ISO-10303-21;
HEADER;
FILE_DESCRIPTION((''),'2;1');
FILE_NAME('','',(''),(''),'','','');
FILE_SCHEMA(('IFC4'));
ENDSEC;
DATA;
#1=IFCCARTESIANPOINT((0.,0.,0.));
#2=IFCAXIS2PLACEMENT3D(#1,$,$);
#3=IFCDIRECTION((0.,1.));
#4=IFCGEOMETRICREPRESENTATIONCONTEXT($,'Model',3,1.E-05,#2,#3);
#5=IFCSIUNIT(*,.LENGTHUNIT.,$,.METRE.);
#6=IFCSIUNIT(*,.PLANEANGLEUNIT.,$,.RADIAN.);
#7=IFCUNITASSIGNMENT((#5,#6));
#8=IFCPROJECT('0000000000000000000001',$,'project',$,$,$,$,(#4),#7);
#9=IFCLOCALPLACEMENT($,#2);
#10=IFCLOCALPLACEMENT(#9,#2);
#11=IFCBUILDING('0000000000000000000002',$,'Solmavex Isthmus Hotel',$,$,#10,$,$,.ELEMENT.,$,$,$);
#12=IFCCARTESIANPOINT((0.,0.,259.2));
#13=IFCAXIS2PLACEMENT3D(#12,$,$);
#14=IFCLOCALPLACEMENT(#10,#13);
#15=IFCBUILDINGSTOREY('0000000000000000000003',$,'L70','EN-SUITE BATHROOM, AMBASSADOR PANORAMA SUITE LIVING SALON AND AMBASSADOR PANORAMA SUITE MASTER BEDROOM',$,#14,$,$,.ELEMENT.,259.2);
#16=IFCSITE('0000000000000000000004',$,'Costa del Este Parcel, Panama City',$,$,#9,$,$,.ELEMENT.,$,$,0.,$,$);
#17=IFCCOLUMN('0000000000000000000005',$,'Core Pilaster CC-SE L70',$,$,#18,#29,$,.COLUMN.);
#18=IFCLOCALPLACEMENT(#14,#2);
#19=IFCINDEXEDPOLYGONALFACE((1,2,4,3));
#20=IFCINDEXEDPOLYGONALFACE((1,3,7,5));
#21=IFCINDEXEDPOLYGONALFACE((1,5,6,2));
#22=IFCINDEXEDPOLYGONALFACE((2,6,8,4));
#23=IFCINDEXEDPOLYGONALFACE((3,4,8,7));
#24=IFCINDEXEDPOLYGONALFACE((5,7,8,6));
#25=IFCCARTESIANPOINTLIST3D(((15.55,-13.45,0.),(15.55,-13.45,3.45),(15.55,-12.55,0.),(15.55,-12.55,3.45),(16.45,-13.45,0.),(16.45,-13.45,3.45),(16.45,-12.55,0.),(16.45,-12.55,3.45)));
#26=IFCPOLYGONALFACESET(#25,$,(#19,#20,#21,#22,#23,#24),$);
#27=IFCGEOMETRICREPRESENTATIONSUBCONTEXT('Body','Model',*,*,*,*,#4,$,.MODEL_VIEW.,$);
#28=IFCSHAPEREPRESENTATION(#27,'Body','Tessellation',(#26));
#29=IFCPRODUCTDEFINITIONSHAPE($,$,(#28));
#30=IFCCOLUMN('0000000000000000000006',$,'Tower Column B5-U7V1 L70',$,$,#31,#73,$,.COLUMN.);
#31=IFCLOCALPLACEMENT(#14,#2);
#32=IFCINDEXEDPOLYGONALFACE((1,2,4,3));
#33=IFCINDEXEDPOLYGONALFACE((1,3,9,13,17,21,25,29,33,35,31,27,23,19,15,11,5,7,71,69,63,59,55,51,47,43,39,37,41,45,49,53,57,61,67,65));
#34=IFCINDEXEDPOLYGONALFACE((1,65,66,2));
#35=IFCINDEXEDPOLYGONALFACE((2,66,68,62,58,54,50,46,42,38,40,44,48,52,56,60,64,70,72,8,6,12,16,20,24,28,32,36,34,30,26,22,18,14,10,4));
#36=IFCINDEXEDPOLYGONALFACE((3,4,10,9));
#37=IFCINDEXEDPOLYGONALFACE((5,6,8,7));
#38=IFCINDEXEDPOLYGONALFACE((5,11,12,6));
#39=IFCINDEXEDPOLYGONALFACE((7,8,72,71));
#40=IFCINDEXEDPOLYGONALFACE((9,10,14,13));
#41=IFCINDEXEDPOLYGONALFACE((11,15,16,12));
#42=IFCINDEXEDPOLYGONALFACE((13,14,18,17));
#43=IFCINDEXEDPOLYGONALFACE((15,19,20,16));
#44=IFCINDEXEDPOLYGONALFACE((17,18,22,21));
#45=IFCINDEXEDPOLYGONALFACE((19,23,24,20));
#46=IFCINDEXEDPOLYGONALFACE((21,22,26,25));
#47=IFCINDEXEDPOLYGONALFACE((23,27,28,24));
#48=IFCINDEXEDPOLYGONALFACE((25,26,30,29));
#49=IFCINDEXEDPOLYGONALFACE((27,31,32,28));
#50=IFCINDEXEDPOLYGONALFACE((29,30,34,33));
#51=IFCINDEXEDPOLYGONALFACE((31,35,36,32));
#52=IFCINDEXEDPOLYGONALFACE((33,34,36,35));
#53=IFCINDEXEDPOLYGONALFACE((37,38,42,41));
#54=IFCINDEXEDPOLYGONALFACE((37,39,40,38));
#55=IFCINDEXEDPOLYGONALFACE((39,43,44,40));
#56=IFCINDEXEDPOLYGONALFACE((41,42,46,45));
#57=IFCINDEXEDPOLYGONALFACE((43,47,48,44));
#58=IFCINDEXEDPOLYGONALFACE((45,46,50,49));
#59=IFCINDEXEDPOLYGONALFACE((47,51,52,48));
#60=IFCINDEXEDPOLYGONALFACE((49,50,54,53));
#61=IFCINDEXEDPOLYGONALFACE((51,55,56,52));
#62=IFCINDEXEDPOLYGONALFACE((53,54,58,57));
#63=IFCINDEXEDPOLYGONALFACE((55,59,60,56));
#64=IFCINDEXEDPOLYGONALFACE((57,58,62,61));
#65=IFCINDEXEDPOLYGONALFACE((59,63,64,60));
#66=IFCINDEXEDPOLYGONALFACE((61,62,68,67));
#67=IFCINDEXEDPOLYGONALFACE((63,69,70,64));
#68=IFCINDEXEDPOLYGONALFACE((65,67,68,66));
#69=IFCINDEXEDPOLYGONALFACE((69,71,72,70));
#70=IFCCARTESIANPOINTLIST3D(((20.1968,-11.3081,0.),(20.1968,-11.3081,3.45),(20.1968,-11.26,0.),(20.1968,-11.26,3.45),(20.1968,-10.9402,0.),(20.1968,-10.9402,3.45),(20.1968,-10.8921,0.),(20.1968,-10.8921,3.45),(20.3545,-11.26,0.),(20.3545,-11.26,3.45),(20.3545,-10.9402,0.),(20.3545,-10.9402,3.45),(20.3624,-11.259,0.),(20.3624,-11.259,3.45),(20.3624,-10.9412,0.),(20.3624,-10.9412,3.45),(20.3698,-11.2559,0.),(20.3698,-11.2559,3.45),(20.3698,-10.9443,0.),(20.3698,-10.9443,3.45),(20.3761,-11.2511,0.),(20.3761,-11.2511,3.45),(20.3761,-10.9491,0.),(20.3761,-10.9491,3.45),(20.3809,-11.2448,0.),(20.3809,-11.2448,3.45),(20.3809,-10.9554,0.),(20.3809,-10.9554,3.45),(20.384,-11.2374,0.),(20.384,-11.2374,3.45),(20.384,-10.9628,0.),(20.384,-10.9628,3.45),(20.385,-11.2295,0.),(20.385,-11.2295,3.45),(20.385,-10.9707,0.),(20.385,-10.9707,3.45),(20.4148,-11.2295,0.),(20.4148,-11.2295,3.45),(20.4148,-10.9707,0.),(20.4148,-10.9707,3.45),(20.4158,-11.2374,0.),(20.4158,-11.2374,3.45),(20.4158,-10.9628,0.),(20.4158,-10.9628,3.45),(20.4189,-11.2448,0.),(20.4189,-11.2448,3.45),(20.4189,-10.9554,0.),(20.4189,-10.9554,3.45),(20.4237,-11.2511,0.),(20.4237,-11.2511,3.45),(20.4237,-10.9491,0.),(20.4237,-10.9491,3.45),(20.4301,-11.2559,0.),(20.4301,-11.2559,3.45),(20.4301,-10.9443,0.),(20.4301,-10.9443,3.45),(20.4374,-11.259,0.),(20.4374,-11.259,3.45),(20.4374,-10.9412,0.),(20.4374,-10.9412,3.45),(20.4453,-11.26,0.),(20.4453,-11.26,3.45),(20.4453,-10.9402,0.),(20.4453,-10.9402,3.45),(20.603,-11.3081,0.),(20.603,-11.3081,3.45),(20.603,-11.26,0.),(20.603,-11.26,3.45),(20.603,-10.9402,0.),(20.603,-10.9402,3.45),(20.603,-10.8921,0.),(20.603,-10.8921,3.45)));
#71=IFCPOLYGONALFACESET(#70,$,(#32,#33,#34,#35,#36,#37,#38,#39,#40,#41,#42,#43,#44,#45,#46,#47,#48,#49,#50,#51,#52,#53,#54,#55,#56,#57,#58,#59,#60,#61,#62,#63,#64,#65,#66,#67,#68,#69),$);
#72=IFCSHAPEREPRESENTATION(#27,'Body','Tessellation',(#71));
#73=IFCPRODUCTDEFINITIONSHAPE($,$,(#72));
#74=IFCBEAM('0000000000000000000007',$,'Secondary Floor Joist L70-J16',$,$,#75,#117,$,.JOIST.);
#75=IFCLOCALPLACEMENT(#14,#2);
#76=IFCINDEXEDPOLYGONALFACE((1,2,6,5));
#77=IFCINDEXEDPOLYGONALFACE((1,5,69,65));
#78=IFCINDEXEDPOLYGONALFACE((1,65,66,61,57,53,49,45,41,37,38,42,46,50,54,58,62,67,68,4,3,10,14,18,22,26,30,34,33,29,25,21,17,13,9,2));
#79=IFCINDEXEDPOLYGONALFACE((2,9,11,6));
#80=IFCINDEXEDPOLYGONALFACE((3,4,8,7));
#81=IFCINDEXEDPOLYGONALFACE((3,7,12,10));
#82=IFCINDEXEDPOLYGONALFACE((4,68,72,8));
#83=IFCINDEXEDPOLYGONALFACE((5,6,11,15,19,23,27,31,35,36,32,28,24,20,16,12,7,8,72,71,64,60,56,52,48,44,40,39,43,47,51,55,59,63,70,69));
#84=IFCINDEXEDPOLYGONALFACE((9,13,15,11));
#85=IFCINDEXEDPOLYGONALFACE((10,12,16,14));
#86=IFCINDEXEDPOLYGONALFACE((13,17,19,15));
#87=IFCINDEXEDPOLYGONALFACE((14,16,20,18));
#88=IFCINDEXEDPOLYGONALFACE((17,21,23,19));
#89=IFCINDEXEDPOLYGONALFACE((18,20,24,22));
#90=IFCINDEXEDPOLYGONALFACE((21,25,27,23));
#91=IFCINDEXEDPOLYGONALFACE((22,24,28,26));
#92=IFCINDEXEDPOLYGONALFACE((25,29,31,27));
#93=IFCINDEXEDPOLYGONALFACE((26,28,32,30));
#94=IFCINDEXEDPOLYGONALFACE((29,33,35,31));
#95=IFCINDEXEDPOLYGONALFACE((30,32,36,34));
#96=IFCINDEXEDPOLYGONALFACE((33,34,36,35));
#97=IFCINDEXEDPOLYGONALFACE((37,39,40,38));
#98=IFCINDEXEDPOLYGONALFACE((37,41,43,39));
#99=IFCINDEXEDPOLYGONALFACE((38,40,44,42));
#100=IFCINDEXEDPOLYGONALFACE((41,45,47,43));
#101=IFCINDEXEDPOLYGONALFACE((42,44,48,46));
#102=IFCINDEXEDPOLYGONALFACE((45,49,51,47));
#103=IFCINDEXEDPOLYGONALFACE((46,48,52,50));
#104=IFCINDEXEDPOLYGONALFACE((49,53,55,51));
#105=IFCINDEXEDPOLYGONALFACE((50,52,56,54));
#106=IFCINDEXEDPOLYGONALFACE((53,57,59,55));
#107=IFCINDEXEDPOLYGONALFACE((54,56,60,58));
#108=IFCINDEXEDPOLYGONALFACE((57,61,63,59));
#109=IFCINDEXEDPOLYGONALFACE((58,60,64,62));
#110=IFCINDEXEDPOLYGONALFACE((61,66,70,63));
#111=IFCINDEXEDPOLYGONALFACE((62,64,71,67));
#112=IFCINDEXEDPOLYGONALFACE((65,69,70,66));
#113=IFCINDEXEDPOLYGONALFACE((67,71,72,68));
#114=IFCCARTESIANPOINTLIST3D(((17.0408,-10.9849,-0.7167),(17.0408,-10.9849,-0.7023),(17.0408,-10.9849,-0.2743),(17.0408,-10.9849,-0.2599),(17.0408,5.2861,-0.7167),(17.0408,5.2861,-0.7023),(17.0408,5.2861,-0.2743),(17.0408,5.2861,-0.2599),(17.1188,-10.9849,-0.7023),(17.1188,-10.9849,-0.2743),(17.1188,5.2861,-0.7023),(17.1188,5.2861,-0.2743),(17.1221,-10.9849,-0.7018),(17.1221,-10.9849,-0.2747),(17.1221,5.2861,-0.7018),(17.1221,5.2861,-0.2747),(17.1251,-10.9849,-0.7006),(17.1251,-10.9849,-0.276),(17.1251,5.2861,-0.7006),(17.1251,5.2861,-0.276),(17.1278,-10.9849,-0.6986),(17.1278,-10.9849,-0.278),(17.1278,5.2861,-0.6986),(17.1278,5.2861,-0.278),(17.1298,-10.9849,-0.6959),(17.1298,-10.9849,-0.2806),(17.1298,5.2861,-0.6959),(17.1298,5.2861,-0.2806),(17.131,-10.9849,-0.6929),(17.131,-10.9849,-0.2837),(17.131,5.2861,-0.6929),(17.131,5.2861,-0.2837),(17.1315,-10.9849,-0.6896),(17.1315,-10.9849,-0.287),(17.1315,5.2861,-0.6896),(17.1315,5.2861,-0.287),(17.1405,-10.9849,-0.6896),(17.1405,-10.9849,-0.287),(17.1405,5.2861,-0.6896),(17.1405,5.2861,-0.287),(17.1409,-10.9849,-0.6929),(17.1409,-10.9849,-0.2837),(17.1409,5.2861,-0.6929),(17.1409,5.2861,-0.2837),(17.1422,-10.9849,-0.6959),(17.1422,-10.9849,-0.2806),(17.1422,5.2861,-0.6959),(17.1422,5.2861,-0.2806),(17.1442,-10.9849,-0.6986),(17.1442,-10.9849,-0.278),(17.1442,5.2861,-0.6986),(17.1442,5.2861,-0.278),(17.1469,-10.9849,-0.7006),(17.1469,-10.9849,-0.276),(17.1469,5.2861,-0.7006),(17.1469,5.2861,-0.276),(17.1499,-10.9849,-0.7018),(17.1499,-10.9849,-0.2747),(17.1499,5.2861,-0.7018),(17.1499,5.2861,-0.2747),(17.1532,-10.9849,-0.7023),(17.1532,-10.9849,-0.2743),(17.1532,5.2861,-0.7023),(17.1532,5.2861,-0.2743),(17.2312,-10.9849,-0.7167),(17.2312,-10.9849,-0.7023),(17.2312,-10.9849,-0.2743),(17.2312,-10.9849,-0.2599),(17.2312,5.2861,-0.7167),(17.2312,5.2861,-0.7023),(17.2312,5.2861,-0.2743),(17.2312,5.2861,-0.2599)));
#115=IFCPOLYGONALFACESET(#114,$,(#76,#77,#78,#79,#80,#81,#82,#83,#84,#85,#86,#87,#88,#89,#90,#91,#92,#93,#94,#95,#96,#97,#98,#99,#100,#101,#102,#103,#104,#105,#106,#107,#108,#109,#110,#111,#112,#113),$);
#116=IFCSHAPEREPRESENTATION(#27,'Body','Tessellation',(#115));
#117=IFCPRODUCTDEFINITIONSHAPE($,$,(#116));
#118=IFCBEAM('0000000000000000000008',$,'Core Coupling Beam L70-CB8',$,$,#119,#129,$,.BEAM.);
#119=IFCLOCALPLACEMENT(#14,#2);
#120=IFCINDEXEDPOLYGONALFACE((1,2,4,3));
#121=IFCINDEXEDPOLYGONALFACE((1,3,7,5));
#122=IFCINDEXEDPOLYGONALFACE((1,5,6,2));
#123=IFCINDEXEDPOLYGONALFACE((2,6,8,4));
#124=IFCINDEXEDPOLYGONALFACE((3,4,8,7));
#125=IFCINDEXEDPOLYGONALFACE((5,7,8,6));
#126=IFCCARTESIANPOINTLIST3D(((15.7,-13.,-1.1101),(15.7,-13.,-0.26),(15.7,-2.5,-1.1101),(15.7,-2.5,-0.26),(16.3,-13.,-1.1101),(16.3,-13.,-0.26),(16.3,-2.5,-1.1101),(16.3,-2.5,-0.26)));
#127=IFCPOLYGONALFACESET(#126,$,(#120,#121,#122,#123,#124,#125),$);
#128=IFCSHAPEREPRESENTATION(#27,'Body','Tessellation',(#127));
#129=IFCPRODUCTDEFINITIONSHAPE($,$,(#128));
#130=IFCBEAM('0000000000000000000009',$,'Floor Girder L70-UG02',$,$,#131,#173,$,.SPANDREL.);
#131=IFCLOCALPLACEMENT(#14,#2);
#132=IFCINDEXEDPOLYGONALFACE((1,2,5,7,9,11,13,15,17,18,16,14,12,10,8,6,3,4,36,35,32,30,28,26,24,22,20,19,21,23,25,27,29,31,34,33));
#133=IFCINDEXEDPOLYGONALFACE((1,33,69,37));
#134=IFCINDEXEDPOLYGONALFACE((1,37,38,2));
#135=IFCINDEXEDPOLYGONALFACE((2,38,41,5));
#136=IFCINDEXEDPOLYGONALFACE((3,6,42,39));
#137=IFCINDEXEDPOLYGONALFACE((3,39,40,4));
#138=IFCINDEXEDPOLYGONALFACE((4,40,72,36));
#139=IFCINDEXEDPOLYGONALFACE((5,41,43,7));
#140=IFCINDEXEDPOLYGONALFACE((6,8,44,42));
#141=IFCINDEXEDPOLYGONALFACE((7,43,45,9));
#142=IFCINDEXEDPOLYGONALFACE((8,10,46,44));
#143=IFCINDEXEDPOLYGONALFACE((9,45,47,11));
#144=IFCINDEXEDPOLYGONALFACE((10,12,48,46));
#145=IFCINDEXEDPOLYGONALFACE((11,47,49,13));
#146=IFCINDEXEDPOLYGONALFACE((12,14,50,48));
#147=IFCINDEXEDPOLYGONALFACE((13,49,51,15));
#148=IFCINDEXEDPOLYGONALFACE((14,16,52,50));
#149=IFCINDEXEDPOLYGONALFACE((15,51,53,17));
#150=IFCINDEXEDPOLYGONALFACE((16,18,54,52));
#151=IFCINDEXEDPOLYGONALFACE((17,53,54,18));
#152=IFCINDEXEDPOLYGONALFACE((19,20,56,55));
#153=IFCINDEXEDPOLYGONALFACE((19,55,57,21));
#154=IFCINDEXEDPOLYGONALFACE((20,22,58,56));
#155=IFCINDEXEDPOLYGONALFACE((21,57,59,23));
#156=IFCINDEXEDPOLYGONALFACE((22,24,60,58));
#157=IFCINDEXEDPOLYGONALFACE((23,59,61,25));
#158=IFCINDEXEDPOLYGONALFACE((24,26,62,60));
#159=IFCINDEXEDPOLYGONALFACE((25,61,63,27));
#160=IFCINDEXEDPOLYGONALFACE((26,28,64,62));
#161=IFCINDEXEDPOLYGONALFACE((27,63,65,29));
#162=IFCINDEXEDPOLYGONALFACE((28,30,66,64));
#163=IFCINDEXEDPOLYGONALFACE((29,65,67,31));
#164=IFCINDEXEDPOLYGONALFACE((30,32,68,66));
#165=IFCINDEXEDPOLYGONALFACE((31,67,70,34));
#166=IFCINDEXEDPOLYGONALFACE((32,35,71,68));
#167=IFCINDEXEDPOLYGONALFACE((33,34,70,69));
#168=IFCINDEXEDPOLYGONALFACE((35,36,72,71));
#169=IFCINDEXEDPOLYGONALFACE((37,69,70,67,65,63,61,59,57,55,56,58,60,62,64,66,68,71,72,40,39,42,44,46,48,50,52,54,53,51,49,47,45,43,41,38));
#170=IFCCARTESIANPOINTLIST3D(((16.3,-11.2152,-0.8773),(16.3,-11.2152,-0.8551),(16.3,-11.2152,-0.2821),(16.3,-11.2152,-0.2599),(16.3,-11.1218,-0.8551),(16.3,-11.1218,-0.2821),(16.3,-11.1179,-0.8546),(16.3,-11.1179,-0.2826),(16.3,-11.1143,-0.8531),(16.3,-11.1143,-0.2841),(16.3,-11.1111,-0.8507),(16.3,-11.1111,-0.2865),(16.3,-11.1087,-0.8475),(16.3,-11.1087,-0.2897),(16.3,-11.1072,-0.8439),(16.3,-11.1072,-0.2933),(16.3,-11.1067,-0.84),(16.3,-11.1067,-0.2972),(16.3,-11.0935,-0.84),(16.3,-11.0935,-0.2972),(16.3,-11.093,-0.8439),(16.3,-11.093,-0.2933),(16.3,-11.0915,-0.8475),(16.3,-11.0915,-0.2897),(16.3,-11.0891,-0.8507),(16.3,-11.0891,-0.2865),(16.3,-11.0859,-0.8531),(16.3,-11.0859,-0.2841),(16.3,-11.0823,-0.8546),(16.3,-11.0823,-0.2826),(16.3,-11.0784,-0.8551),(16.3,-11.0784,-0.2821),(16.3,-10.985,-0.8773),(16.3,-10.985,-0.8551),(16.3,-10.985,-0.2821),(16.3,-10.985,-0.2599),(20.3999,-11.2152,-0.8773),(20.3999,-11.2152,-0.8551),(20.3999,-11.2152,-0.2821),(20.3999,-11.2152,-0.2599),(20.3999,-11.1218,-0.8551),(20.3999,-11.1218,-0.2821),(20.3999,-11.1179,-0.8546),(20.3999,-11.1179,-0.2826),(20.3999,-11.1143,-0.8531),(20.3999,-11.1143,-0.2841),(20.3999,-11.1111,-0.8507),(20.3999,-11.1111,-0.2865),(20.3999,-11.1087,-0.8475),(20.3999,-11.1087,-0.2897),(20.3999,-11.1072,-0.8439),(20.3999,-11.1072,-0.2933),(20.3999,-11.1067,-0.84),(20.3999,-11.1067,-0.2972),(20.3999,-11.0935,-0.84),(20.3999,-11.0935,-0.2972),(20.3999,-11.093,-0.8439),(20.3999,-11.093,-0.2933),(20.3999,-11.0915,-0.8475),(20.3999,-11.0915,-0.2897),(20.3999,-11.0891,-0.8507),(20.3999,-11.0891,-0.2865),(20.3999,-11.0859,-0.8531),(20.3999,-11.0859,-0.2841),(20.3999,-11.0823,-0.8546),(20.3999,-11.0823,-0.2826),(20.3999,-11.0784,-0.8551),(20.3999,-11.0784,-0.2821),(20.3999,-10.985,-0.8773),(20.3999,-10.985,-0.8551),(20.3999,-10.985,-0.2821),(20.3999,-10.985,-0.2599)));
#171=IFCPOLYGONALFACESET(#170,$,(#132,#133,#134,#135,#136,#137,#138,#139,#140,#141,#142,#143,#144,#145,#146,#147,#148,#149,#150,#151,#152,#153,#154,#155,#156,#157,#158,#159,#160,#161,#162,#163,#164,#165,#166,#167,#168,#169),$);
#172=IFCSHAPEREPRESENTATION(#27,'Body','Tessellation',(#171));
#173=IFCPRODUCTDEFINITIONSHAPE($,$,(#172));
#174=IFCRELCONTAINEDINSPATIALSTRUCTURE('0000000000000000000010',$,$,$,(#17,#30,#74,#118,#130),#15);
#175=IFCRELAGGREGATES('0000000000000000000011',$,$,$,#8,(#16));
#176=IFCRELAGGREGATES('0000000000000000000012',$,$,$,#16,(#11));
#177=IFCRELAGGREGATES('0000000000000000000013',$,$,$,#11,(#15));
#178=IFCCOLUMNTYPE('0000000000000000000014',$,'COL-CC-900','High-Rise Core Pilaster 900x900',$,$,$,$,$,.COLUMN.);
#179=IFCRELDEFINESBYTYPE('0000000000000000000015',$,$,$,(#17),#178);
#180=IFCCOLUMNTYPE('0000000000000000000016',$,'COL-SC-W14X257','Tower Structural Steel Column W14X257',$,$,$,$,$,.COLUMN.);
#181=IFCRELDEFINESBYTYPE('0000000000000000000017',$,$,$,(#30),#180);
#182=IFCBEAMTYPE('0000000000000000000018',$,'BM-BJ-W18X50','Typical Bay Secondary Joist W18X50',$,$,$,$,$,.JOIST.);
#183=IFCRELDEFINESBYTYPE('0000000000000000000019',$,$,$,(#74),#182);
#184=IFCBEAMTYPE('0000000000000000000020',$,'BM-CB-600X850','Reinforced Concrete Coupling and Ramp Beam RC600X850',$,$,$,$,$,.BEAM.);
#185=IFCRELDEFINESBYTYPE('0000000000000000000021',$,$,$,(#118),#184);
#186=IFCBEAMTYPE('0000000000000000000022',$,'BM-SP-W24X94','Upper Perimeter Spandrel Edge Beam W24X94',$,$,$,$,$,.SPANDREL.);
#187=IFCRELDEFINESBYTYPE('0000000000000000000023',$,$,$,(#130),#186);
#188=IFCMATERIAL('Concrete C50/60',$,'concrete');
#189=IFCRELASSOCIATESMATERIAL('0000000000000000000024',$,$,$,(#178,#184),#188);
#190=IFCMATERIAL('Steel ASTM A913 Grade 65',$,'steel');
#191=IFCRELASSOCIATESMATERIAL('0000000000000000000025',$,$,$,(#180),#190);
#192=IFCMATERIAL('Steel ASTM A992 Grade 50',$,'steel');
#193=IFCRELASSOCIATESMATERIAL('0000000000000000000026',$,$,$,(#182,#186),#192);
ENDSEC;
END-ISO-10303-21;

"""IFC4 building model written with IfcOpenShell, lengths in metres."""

from ifc_helpers import new_model, si_unit, direction, frame, origin, origin_2d, place, context, subcontext, project, spatial, rectangle, i_section, extrude, material, material_profile, profile_set, type_object, element, save


model = new_model("IFC4")

# Units and contexts
model_context = context("Model", 3, precision=1e-05, world=origin(), true_north=direction((0.0, 1.0)))
body_context = subcontext(model_context, "Body", "Model", "MODEL_VIEW")
ifc_project = project(units=[si_unit("LENGTHUNIT", "METRE"), si_unit("PLANEANGLEUNIT", "RADIAN")], contexts=[model_context])

# Site, building, storey
site_placement = place(None, origin())
site = spatial("IfcSite", under=ifc_project, at=site_placement, Name="Costa del Este Parcel, Panama City", CompositionType="ELEMENT", RefElevation=0.0)
building_placement = place(site_placement, origin())
building = spatial("IfcBuilding", under=site, at=building_placement, Name="Solmavex Isthmus Hotel", CompositionType="ELEMENT")
storey_placement = place(building_placement, frame((0.0, 0.0, 259.2)))
storey = spatial("IfcBuildingStorey", under=building, at=storey_placement, Name="L70", Description="EN-SUITE BATHROOM, AMBASSADOR PANORAMA SUITE LIVING SALON AND AMBASSADOR PANORAMA SUITE MASTER BEDROOM", CompositionType="ELEMENT", Elevation=259.2)

# Columns
ifc_material_1 = material(Name="Concrete C50/60", Category="concrete")
ifc_material_profile_1 = material_profile(ifc_material_1, rectangle(XDim=0.8999, YDim=0.8999, at=origin_2d()), Name="RC900X900")
ifc_profile_set_1 = profile_set([ifc_material_profile_1], Name="Concrete C50/60")
column_type_1 = type_object("IfcColumnType", Name="COL-CC-900", Description="High-Rise Core Pilaster 900x900", PredefinedType="COLUMN", material=ifc_profile_set_1)
column_1_placement = place(storey_placement, frame((16.0, -13.0, 0.0), z_axis=(0.0, 0.0, 1.0), x_axis=(1.0, 0.0, 0.0)))
element("IfcColumn", 1, at=column_1_placement, inside=storey, type_object=column_type_1, Name="Core Pilaster CC-SE L70", PredefinedType="COLUMN", context=body_context, shape_type="SweptSolid", body=[
    extrude(rectangle(XDim=0.8999, YDim=0.8999, at=origin_2d()), origin(), (0.0, 0.0, 1.0), 3.45),
])
ifc_material_2 = material(Name="Steel ASTM A913 Grade 65", Category="steel")
ifc_material_profile_2 = material_profile(ifc_material_2, i_section(OverallWidth=0.4062, OverallDepth=0.416, WebThickness=0.0298, FlangeThickness=0.0481, FilletRadius=0.0305, at=origin_2d()), Name="W14X257")
ifc_profile_set_2 = profile_set([ifc_material_profile_2], Name="Steel ASTM A913 Grade 65")
column_type_2 = type_object("IfcColumnType", Name="COL-SC-W14X257", Description="Tower Structural Steel Column W14X257", PredefinedType="COLUMN", material=ifc_profile_set_2)
column_2_placement = place(storey_placement, frame((20.3999, -11.1001, 0.0), z_axis=(0.0, 0.0, 1.0), x_axis=(1.0, 0.0, 0.0)))
element("IfcColumn", 2, at=column_2_placement, inside=storey, type_object=column_type_2, Name="Tower Column B5-U7V1 L70", PredefinedType="COLUMN", context=body_context, shape_type="SweptSolid", body=[
    extrude(i_section(OverallWidth=0.4062, OverallDepth=0.416, WebThickness=0.0298, FlangeThickness=0.0481, FilletRadius=0.0305, at=origin_2d()), origin(), (0.0, 0.0, 1.0), 3.45),
])

# Beams
ifc_material_3 = material(Name="Steel ASTM A992 Grade 50", Category="steel")
ifc_material_profile_3 = material_profile(ifc_material_3, i_section(OverallWidth=0.1904, OverallDepth=0.4568, WebThickness=0.009, FlangeThickness=0.0144, FilletRadius=0.0127, at=origin_2d()), Name="W18X50")
ifc_profile_set_3 = profile_set([ifc_material_profile_3], Name="Steel ASTM A992 Grade 50")
beam_type_1 = type_object("IfcBeamType", Name="BM-BJ-W18X50", Description="Typical Bay Secondary Joist W18X50", PredefinedType="JOIST", material=ifc_profile_set_3)
beam_1_placement = place(storey_placement, frame((17.136, -10.9849, -0.4883), z_axis=(0.0, 1.0, 0.0), x_axis=(-1.0, 0.0, 0.0)))
element("IfcBeam", 3, at=beam_1_placement, inside=storey, type_object=beam_type_1, Name="Secondary Floor Joist L70-J16", PredefinedType="JOIST", context=body_context, shape_type="SweptSolid", body=[
    extrude(i_section(OverallWidth=0.1904, OverallDepth=0.4568, WebThickness=0.009, FlangeThickness=0.0144, FilletRadius=0.0127, at=origin_2d()), origin(), (0.0, 0.0, 1.0), 16.271),
])
ifc_material_profile_4 = material_profile(ifc_material_1, rectangle(XDim=0.6001, YDim=0.8501, at=origin_2d()), Name="RC600X850")
ifc_profile_set_4 = profile_set([ifc_material_profile_4], Name="Concrete C50/60")
beam_type_2 = type_object("IfcBeamType", Name="BM-CB-600X850", Description="Reinforced Concrete Coupling and Ramp Beam RC600X850", PredefinedType="BEAM", material=ifc_profile_set_4)
beam_2_placement = place(storey_placement, frame((16.0, -13.0, -0.6851), z_axis=(0.0, 1.0, 0.0), x_axis=(-1.0, 0.0, 0.0)))
element("IfcBeam", 4, at=beam_2_placement, inside=storey, type_object=beam_type_2, Name="Core Coupling Beam L70-CB8", PredefinedType="BEAM", context=body_context, shape_type="SweptSolid", body=[
    extrude(rectangle(XDim=0.6001, YDim=0.8501, at=origin_2d()), origin(), (0.0, 0.0, 1.0), 10.5),
])
ifc_material_profile_5 = material_profile(ifc_material_3, i_section(OverallWidth=0.2302, OverallDepth=0.6174, WebThickness=0.0132, FlangeThickness=0.0222, FilletRadius=0.0151, at=origin_2d()), Name="W24X94")
ifc_profile_set_5 = profile_set([ifc_material_profile_5], Name="Steel ASTM A992 Grade 50")
beam_type_3 = type_object("IfcBeamType", Name="BM-SP-W24X94", Description="Upper Perimeter Spandrel Edge Beam W24X94", PredefinedType="SPANDREL", material=ifc_profile_set_5)
beam_3_placement = place(storey_placement, frame((16.3, -11.1001, -0.5686), z_axis=(1.0, 0.0, 0.0), x_axis=(0.0, 1.0, 0.0)))
element("IfcBeam", 5, at=beam_3_placement, inside=storey, type_object=beam_type_3, Name="Floor Girder L70-UG02", PredefinedType="SPANDREL", context=body_context, shape_type="SweptSolid", body=[
    extrude(i_section(OverallWidth=0.2302, OverallDepth=0.6174, WebThickness=0.0132, FlangeThickness=0.0222, FilletRadius=0.0151, at=origin_2d()), origin(), (0.0, 0.0, 1.0), 4.0999),
])

save(model, "model.ifc")
